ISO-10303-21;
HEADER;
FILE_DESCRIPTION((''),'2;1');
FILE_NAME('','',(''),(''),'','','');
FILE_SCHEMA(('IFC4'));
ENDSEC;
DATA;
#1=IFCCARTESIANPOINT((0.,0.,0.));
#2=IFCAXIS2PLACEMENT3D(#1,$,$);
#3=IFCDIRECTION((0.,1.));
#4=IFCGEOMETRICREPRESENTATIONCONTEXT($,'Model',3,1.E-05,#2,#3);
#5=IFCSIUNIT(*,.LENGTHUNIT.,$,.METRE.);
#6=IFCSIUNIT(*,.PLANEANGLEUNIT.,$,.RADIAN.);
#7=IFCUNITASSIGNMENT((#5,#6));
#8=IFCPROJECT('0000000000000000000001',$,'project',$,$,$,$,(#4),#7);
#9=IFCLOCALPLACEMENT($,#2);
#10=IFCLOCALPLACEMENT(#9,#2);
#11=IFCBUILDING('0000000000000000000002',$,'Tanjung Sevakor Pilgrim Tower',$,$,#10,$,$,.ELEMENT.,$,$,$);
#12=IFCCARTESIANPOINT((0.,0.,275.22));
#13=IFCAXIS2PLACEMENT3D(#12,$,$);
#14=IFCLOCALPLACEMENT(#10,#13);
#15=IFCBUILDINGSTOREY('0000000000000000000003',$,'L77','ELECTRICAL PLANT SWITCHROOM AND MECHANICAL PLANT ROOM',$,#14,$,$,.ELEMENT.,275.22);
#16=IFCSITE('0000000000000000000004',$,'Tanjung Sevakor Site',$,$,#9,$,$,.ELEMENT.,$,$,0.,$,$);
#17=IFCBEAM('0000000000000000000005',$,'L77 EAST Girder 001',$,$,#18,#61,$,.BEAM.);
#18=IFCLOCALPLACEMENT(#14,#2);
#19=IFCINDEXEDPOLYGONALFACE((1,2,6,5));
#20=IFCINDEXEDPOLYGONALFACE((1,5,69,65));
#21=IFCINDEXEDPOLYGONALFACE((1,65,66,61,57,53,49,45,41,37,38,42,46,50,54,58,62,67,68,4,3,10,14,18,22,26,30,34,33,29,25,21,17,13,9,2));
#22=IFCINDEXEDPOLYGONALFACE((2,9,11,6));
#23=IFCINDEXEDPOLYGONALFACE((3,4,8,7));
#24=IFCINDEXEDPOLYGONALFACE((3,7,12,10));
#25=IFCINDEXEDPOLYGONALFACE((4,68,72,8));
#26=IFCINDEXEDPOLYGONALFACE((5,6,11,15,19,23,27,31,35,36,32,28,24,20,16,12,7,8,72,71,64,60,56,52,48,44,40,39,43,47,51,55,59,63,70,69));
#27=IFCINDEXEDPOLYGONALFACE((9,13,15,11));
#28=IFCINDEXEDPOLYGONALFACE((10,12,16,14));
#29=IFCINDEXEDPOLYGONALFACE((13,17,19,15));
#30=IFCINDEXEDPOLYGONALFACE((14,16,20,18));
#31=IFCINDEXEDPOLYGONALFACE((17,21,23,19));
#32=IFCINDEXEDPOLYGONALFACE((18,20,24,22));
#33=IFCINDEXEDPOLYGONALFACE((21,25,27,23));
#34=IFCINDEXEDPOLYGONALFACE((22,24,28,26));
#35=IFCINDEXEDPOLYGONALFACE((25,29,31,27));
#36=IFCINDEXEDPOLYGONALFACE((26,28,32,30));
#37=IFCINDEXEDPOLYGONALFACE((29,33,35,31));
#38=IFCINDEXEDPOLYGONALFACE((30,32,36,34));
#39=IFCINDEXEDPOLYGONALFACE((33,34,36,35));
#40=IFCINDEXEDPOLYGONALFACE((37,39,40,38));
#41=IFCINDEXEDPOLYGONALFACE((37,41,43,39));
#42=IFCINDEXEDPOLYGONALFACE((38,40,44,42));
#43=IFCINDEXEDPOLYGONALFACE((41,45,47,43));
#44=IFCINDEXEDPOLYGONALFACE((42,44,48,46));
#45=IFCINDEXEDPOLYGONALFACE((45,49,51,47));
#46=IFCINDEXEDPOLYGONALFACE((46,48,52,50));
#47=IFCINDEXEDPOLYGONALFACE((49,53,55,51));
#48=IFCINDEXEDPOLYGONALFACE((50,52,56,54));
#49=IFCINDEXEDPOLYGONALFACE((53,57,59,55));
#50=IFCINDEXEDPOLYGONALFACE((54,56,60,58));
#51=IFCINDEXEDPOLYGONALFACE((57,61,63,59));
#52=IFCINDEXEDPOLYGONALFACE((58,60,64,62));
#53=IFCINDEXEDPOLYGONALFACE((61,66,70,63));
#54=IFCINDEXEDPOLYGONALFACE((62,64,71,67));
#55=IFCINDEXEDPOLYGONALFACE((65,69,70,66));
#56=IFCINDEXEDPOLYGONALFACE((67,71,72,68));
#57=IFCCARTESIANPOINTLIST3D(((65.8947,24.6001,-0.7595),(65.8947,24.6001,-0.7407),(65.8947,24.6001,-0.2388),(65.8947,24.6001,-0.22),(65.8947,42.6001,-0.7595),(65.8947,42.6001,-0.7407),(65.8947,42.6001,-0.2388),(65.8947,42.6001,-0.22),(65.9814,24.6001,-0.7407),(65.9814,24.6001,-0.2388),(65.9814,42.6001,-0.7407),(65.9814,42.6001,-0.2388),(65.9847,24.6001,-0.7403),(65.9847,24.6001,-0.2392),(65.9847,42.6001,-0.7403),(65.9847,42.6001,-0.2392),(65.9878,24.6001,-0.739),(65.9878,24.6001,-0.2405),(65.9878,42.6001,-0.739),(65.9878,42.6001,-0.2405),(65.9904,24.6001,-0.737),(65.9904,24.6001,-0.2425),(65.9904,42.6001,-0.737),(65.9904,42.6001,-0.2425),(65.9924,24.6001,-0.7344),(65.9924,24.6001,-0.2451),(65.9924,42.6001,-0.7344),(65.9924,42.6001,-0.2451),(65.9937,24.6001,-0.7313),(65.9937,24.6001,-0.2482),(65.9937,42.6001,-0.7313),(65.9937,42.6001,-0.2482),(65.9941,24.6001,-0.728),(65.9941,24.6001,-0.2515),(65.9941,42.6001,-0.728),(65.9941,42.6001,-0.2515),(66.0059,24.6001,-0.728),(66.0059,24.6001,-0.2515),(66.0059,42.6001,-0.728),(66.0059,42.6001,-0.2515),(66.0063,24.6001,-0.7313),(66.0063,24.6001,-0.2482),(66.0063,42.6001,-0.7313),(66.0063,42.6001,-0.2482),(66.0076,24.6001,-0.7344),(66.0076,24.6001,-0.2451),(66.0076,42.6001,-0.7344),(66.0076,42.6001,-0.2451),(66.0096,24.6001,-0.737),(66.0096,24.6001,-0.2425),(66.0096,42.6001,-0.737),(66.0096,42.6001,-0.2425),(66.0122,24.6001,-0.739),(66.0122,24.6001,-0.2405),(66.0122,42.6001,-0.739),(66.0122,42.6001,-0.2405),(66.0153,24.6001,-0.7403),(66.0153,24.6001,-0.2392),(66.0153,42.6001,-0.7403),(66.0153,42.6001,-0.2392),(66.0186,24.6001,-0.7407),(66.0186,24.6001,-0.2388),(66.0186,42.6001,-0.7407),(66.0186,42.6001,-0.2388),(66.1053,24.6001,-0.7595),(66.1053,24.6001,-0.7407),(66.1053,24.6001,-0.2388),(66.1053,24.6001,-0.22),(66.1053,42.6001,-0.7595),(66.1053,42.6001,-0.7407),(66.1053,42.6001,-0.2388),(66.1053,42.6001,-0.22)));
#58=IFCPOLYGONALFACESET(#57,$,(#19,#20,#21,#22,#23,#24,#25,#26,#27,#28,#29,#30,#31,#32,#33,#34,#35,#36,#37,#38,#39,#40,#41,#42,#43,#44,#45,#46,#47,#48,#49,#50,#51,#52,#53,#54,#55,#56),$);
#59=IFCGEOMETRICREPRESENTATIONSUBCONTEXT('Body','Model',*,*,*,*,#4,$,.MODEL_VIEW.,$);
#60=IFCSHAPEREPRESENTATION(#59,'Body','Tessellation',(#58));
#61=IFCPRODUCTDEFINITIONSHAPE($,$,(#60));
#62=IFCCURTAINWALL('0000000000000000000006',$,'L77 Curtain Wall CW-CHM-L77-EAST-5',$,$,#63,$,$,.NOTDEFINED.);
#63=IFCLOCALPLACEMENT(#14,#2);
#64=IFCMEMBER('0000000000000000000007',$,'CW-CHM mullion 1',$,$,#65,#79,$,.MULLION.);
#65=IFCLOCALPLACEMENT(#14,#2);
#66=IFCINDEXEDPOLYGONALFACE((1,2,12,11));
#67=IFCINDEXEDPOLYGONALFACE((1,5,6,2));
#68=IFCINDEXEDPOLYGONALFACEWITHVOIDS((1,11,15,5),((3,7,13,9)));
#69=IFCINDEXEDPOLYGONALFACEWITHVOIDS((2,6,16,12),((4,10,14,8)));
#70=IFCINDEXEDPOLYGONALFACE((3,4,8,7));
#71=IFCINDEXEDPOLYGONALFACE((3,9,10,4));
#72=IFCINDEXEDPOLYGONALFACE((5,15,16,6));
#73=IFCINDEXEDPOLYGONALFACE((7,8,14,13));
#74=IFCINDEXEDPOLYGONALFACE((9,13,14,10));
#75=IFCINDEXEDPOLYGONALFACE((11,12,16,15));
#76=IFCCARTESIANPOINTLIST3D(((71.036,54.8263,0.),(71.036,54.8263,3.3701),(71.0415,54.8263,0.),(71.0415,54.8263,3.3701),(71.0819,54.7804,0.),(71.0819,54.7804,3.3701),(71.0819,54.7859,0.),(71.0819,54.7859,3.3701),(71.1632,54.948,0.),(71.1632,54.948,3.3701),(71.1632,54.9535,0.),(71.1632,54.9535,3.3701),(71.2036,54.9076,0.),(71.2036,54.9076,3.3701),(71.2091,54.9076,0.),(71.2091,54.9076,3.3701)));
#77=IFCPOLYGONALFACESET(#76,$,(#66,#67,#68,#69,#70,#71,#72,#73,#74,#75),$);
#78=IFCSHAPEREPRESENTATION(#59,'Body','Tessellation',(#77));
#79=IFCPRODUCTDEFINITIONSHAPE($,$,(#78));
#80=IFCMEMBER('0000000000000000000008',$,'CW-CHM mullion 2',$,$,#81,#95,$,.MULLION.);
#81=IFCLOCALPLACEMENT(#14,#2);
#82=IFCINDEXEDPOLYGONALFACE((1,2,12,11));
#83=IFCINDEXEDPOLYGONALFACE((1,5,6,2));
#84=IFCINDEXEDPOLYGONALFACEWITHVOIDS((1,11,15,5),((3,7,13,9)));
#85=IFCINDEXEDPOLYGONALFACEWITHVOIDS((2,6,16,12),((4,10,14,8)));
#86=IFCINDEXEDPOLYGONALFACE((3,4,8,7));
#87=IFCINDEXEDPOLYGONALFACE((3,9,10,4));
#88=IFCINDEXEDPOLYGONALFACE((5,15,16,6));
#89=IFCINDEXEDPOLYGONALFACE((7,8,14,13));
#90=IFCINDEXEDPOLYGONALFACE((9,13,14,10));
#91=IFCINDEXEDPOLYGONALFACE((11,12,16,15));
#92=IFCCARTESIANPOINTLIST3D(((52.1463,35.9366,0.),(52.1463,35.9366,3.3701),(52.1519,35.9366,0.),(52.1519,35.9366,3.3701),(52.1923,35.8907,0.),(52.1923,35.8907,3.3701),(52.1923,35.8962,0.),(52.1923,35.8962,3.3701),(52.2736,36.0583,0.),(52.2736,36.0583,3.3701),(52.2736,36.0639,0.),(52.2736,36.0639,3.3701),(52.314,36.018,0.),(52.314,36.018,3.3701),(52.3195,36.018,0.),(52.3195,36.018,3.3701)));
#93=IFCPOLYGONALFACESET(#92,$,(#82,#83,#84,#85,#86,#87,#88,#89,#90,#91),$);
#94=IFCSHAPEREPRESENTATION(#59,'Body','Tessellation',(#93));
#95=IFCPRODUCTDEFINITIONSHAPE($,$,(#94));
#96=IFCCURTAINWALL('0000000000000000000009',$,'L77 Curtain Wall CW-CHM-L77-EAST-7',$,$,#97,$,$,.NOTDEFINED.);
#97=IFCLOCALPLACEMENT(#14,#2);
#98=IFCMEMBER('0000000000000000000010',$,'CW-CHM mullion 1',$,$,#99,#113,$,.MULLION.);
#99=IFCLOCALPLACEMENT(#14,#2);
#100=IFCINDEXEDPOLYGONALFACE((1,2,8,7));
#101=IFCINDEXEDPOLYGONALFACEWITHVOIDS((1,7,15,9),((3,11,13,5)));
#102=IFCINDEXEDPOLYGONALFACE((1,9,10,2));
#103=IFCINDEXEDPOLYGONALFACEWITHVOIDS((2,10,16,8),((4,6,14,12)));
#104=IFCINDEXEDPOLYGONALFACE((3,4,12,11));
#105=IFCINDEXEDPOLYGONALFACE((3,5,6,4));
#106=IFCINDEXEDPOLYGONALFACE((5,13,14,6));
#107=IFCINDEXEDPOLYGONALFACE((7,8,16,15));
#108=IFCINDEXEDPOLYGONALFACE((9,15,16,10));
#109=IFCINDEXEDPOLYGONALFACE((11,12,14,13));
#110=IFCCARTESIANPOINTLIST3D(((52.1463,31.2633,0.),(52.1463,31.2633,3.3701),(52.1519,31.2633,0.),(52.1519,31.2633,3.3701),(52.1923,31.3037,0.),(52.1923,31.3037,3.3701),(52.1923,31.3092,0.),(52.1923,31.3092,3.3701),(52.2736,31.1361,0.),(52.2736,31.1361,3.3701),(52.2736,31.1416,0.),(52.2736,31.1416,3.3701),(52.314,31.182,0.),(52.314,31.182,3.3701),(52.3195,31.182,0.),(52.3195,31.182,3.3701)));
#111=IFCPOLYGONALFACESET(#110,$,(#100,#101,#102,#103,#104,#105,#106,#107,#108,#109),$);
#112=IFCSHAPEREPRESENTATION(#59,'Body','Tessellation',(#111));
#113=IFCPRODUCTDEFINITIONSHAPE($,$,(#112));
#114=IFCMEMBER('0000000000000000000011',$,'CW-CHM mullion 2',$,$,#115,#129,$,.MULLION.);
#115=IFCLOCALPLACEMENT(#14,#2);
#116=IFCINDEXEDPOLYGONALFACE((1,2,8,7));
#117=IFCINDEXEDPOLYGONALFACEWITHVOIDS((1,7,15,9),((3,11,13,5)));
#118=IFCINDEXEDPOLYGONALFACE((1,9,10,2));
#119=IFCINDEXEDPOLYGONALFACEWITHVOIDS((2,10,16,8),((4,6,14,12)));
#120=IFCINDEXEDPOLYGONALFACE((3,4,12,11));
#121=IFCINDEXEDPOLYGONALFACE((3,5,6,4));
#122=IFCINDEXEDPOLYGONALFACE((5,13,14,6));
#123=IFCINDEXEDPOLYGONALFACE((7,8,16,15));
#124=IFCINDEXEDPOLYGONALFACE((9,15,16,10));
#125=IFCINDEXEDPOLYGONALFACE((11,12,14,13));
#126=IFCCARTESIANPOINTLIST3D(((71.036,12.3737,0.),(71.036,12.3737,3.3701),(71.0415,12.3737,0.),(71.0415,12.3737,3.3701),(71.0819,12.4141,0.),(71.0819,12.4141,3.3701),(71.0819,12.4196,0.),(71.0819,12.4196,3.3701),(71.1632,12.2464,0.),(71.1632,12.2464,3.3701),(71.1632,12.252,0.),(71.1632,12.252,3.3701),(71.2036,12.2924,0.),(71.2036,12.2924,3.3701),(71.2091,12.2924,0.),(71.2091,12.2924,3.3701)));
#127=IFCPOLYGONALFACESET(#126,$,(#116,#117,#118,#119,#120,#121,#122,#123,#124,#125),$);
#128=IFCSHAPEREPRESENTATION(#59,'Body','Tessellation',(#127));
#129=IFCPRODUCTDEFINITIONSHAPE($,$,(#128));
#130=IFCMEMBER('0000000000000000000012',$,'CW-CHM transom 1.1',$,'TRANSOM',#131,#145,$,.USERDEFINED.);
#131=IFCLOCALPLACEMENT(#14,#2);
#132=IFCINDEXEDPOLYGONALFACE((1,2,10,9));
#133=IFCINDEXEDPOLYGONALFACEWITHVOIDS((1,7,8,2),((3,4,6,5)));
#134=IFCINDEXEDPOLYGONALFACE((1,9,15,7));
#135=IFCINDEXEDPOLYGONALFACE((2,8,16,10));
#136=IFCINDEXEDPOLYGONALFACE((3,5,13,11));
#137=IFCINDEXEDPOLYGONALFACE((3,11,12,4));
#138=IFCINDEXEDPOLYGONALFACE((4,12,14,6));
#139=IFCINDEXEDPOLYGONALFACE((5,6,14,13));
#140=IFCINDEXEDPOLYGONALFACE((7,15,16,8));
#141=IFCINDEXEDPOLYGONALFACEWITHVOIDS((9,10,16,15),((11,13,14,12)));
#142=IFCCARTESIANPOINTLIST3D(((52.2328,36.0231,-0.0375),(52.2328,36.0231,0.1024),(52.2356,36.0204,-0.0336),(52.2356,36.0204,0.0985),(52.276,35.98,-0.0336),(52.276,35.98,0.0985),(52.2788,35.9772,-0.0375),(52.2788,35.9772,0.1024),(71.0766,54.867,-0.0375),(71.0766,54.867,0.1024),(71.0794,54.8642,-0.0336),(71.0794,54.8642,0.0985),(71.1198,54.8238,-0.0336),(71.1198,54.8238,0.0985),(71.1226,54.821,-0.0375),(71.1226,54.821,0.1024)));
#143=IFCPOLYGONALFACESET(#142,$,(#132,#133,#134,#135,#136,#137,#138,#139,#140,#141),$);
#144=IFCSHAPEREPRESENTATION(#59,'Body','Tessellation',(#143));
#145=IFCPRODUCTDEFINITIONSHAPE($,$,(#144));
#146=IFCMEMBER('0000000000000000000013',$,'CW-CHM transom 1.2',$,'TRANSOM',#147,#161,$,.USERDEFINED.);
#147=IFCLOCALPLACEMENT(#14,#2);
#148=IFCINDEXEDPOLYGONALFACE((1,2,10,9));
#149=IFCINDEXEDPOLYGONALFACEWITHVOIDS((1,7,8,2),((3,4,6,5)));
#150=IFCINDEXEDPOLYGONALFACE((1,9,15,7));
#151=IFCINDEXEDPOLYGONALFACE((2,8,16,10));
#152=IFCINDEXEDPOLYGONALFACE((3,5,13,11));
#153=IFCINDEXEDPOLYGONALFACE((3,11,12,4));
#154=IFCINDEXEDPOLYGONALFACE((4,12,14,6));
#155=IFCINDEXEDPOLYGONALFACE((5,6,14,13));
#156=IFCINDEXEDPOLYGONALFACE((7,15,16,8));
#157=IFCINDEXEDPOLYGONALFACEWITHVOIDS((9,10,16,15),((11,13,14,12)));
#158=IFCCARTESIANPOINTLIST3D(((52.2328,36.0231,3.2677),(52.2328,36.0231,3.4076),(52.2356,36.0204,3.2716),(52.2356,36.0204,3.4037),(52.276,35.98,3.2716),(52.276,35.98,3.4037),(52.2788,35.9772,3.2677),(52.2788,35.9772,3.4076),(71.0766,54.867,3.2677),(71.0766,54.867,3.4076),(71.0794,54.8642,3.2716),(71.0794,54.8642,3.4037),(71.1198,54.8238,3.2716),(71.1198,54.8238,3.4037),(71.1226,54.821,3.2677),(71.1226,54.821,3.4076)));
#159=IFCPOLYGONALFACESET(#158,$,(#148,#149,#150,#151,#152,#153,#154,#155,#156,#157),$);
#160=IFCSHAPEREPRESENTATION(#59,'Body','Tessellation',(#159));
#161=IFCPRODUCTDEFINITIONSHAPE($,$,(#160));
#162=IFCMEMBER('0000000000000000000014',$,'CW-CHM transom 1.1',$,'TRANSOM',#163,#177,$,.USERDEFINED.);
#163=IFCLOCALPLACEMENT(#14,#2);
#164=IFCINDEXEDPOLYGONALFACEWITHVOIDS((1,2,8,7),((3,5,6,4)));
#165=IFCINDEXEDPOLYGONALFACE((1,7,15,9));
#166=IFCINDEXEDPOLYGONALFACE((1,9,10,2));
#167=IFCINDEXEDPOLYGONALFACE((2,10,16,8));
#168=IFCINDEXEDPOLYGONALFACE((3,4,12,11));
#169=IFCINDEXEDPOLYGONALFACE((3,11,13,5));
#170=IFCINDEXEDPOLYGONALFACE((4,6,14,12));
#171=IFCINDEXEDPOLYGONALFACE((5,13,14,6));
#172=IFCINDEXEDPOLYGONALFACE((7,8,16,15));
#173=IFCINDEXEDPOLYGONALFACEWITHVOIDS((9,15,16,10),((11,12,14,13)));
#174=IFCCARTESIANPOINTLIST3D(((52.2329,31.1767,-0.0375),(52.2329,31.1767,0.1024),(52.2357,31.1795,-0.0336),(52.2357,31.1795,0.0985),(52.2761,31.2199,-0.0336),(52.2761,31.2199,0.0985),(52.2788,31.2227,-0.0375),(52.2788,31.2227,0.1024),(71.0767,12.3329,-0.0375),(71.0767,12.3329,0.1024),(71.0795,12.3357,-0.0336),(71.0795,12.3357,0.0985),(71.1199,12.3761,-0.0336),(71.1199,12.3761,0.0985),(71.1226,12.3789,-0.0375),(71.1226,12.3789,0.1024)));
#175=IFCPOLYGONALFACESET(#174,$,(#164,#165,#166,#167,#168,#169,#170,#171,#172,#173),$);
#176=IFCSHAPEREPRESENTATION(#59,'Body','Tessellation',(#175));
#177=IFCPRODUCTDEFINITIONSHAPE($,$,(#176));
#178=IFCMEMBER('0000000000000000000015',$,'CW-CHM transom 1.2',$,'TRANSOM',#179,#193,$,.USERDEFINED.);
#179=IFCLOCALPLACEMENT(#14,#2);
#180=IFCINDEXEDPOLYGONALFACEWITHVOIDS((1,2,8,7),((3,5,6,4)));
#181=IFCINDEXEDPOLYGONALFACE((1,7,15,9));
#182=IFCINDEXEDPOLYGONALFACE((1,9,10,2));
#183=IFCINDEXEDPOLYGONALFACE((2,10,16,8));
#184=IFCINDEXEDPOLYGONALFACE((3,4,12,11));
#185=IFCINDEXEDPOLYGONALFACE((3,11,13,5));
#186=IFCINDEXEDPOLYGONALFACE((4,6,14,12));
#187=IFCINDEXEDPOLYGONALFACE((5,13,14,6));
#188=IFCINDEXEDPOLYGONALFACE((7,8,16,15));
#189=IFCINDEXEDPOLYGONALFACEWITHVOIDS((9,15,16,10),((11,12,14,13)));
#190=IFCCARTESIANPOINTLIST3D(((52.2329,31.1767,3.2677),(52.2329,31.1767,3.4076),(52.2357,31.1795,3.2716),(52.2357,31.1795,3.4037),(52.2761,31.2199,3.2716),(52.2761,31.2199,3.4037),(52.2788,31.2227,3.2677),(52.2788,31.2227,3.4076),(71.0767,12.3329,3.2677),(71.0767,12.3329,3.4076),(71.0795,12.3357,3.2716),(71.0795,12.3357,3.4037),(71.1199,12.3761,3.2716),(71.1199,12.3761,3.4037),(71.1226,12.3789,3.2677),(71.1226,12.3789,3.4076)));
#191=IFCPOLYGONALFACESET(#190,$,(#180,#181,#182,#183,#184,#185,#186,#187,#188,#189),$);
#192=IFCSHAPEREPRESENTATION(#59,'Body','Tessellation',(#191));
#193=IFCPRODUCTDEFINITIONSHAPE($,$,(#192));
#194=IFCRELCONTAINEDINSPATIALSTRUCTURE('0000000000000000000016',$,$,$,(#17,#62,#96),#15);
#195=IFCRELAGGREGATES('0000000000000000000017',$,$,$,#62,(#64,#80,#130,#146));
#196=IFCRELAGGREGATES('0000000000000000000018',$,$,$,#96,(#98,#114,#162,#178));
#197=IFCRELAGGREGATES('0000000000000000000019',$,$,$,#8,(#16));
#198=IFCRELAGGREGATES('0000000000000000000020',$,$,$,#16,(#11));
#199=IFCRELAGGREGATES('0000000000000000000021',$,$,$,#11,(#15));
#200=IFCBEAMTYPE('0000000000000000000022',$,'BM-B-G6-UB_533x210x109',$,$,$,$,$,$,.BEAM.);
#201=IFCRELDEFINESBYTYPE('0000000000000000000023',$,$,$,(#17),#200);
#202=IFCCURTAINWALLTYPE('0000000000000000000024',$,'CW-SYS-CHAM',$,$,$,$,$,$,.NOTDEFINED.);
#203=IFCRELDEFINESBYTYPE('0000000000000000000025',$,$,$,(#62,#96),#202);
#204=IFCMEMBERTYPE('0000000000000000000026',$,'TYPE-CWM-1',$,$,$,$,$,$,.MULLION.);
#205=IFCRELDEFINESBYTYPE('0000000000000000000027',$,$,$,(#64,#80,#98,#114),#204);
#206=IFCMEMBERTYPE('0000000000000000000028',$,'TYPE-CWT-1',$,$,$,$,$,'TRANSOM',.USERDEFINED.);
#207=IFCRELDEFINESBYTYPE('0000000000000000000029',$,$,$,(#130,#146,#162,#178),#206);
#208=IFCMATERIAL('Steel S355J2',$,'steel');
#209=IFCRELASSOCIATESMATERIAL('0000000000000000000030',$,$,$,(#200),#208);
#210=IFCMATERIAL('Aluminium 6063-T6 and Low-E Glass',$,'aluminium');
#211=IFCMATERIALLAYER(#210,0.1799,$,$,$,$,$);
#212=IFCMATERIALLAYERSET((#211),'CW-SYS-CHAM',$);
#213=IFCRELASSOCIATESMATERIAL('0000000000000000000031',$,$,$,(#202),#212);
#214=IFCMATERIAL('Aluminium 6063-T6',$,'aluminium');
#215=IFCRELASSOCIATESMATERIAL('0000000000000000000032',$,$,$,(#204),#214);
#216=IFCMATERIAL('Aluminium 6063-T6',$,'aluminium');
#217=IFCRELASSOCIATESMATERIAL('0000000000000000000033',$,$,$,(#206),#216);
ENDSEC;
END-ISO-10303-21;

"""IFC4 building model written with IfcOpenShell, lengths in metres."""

from ifc_helpers import new_model, si_unit, direction, frame, origin, origin_2d, place, context, subcontext, project, spatial, hollow_rectangle, i_section, extrude, material, layer, layer_set, material_profile, profile_set, type_object, element, aggregate, save


model = new_model("IFC4")

# Units and contexts
model_context = context("Model", 3, precision=1e-05, world=origin(), true_north=direction((0.0, 1.0)))
body_context = subcontext(model_context, "Body", "Model", "MODEL_VIEW")
ifc_project = project(units=[si_unit("LENGTHUNIT", "METRE"), si_unit("PLANEANGLEUNIT", "RADIAN")], contexts=[model_context])

# Site, building, storey
site_placement = place(None, origin())
site = spatial("IfcSite", under=ifc_project, at=site_placement, Name="Tanjung Sevakor Site", CompositionType="ELEMENT", RefElevation=0.0)
building_placement = place(site_placement, origin())
building = spatial("IfcBuilding", under=site, at=building_placement, Name="Tanjung Sevakor Pilgrim Tower", CompositionType="ELEMENT")
storey_placement = place(building_placement, frame((0.0, 0.0, 275.22)))
storey = spatial("IfcBuildingStorey", under=building, at=storey_placement, Name="L77", Description="ELECTRICAL PLANT SWITCHROOM AND MECHANICAL PLANT ROOM", CompositionType="ELEMENT", Elevation=275.22)

# Beam
ifc_material_1 = material(Name="Steel S355J2", Category="steel")
ifc_material_profile_1 = material_profile(ifc_material_1, i_section(OverallWidth=0.2107, OverallDepth=0.5396, WebThickness=0.0117, FlangeThickness=0.0188, FilletRadius=0.0127, at=origin_2d()))
ifc_profile_set_1 = profile_set([ifc_material_profile_1], Name="Steel S355J2")
beam_type_1 = type_object("IfcBeamType", Name="BM-B-G6-UB_533x210x109", PredefinedType="BEAM", material=ifc_profile_set_1)
beam_placement = place(storey_placement, frame((66.0, 24.6001, -0.4897), z_axis=(0.0, 1.0, 0.0), x_axis=(-1.0, 0.0, 0.0)))
element("IfcBeam", 1, at=beam_placement, inside=storey, type_object=beam_type_1, Name="L77 EAST Girder 001", PredefinedType="BEAM", context=body_context, shape_type="SweptSolid", body=[
    extrude(i_section(OverallWidth=0.2107, OverallDepth=0.5396, WebThickness=0.0117, FlangeThickness=0.0188, FilletRadius=0.0127, at=origin_2d()), origin(), (0.0, 0.0, 1.0), 18.0),
])

# Curtain walls, members
ifc_material_2 = material(Name="Aluminium 6063-T6 and Low-E Glass", Category="aluminium")
ifc_layer_1 = layer(ifc_material_2, 0.1799)
ifc_layer_set_1 = layer_set([ifc_layer_1], Name="CW-SYS-CHAM")
curtain_wall_type = type_object("IfcCurtainWallType", Name="CW-SYS-CHAM", PredefinedType="NOTDEFINED", material=ifc_layer_set_1)
curtain_wall_1_placement = place(storey_placement, origin())
curtain_wall_1 = element("IfcCurtainWall", 2, at=curtain_wall_1_placement, inside=storey, type_object=curtain_wall_type, Name="L77 Curtain Wall CW-CHM-L77-EAST-5", PredefinedType="NOTDEFINED")
ifc_material_3 = material(Name="Aluminium 6063-T6", Category="aluminium")
ifc_material_profile_2 = material_profile(ifc_material_3, hollow_rectangle(XDim=0.0649, YDim=0.1799, WallThickness=0.0039, at=origin_2d()))
ifc_profile_set_2 = profile_set([ifc_material_profile_2], Name="Aluminium 6063-T6")
member_type_1 = type_object("IfcMemberType", Name="TYPE-CWM-1", PredefinedType="MULLION", material=ifc_profile_set_2)
member_1_placement = place(storey_placement, frame((71.1226, 54.8669, 0.0), z_axis=(0.0, 0.0, 1.0), x_axis=(0.707107, -0.707107, 0.0)))
member_1 = element("IfcMember", 3, at=member_1_placement, type_object=member_type_1, Name="CW-CHM mullion 1", PredefinedType="MULLION", context=body_context, shape_type="SweptSolid", body=[
    extrude(hollow_rectangle(XDim=0.0649, YDim=0.1799, WallThickness=0.0039, at=origin_2d()), origin(), (0.0, 0.0, 1.0), 3.3701),
])
member_2_placement = place(storey_placement, frame((52.2329, 35.9773, 0.0), z_axis=(0.0, 0.0, 1.0), x_axis=(0.707107, -0.707107, 0.0)))
member_2 = element("IfcMember", 4, at=member_2_placement, type_object=member_type_1, Name="CW-CHM mullion 2", PredefinedType="MULLION", context=body_context, shape_type="SweptSolid", body=[
    extrude(hollow_rectangle(XDim=0.0649, YDim=0.1799, WallThickness=0.0039, at=origin_2d()), origin(), (0.0, 0.0, 1.0), 3.3701),
])
curtain_wall_2_placement = place(storey_placement, origin())
curtain_wall_2 = element("IfcCurtainWall", 5, at=curtain_wall_2_placement, inside=storey, type_object=curtain_wall_type, Name="L77 Curtain Wall CW-CHM-L77-EAST-7", PredefinedType="NOTDEFINED")
member_3_placement = place(storey_placement, frame((52.2329, 31.2227, 0.0), z_axis=(0.0, 0.0, 1.0), x_axis=(0.707107, 0.707107, 0.0)))
member_3 = element("IfcMember", 6, at=member_3_placement, type_object=member_type_1, Name="CW-CHM mullion 1", PredefinedType="MULLION", context=body_context, shape_type="SweptSolid", body=[
    extrude(hollow_rectangle(XDim=0.0649, YDim=0.1799, WallThickness=0.0039, at=origin_2d()), origin(), (0.0, 0.0, 1.0), 3.3701),
])
member_4_placement = place(storey_placement, frame((71.1226, 12.333, 0.0), z_axis=(0.0, 0.0, 1.0), x_axis=(0.707107, 0.707107, 0.0)))
member_4 = element("IfcMember", 7, at=member_4_placement, type_object=member_type_1, Name="CW-CHM mullion 2", PredefinedType="MULLION", context=body_context, shape_type="SweptSolid", body=[
    extrude(hollow_rectangle(XDim=0.0649, YDim=0.1799, WallThickness=0.0039, at=origin_2d()), origin(), (0.0, 0.0, 1.0), 3.3701),
])

# Members
ifc_material_4 = material(Name="Aluminium 6063-T6", Category="aluminium")
ifc_material_profile_3 = material_profile(ifc_material_4, hollow_rectangle(XDim=0.0649, YDim=0.1399, WallThickness=0.0039, at=origin_2d()))
ifc_profile_set_3 = profile_set([ifc_material_profile_3], Name="Aluminium 6063-T6")
member_type_2 = type_object("IfcMemberType", Name="TYPE-CWT-1", ElementType="TRANSOM", PredefinedType="USERDEFINED", material=ifc_profile_set_3)
member_5_placement = place(storey_placement, frame((71.0996, 54.844, 0.0325), z_axis=(-0.707107, -0.707107, 0.0), x_axis=(0.707107, -0.707107, 0.0)))
member_5 = element("IfcMember", 8, at=member_5_placement, type_object=member_type_2, Name="CW-CHM transom 1.1", ObjectType="TRANSOM", PredefinedType="USERDEFINED", context=body_context, shape_type="SweptSolid", body=[
    extrude(hollow_rectangle(XDim=0.0649, YDim=0.1399, WallThickness=0.0039, at=origin_2d()), origin(), (0.0, 0.0, 1.0), 26.6492),
])
member_6_placement = place(storey_placement, frame((71.0996, 54.844, 3.3376), z_axis=(-0.707107, -0.707107, 0.0), x_axis=(0.707107, -0.707107, 0.0)))
member_6 = element("IfcMember", 9, at=member_6_placement, type_object=member_type_2, Name="CW-CHM transom 1.2", ObjectType="TRANSOM", PredefinedType="USERDEFINED", context=body_context, shape_type="SweptSolid", body=[
    extrude(hollow_rectangle(XDim=0.0649, YDim=0.1399, WallThickness=0.0039, at=origin_2d()), origin(), (0.0, 0.0, 1.0), 26.6492),
])
member_7_placement = place(storey_placement, frame((52.2559, 31.1997, 0.0325), z_axis=(0.707107, -0.707107, 0.0), x_axis=(0.707107, 0.707107, 0.0)))
member_7 = element("IfcMember", 10, at=member_7_placement, type_object=member_type_2, Name="CW-CHM transom 1.1", ObjectType="TRANSOM", PredefinedType="USERDEFINED", context=body_context, shape_type="SweptSolid", body=[
    extrude(hollow_rectangle(XDim=0.0649, YDim=0.1399, WallThickness=0.0039, at=origin_2d()), origin(), (0.0, 0.0, 1.0), 26.6492),
])
member_8_placement = place(storey_placement, frame((52.2559, 31.1997, 3.3376), z_axis=(0.707107, -0.707107, 0.0), x_axis=(0.707107, 0.707107, 0.0)))
member_8 = element("IfcMember", 11, at=member_8_placement, type_object=member_type_2, Name="CW-CHM transom 1.2", ObjectType="TRANSOM", PredefinedType="USERDEFINED", context=body_context, shape_type="SweptSolid", body=[
    extrude(hollow_rectangle(XDim=0.0649, YDim=0.1399, WallThickness=0.0039, at=origin_2d()), origin(), (0.0, 0.0, 1.0), 26.6492),
])

aggregate(curtain_wall_1, [member_1, member_2, member_5, member_6])
aggregate(curtain_wall_2, [member_3, member_4, member_7, member_8])

save(model, "model.ifc")
